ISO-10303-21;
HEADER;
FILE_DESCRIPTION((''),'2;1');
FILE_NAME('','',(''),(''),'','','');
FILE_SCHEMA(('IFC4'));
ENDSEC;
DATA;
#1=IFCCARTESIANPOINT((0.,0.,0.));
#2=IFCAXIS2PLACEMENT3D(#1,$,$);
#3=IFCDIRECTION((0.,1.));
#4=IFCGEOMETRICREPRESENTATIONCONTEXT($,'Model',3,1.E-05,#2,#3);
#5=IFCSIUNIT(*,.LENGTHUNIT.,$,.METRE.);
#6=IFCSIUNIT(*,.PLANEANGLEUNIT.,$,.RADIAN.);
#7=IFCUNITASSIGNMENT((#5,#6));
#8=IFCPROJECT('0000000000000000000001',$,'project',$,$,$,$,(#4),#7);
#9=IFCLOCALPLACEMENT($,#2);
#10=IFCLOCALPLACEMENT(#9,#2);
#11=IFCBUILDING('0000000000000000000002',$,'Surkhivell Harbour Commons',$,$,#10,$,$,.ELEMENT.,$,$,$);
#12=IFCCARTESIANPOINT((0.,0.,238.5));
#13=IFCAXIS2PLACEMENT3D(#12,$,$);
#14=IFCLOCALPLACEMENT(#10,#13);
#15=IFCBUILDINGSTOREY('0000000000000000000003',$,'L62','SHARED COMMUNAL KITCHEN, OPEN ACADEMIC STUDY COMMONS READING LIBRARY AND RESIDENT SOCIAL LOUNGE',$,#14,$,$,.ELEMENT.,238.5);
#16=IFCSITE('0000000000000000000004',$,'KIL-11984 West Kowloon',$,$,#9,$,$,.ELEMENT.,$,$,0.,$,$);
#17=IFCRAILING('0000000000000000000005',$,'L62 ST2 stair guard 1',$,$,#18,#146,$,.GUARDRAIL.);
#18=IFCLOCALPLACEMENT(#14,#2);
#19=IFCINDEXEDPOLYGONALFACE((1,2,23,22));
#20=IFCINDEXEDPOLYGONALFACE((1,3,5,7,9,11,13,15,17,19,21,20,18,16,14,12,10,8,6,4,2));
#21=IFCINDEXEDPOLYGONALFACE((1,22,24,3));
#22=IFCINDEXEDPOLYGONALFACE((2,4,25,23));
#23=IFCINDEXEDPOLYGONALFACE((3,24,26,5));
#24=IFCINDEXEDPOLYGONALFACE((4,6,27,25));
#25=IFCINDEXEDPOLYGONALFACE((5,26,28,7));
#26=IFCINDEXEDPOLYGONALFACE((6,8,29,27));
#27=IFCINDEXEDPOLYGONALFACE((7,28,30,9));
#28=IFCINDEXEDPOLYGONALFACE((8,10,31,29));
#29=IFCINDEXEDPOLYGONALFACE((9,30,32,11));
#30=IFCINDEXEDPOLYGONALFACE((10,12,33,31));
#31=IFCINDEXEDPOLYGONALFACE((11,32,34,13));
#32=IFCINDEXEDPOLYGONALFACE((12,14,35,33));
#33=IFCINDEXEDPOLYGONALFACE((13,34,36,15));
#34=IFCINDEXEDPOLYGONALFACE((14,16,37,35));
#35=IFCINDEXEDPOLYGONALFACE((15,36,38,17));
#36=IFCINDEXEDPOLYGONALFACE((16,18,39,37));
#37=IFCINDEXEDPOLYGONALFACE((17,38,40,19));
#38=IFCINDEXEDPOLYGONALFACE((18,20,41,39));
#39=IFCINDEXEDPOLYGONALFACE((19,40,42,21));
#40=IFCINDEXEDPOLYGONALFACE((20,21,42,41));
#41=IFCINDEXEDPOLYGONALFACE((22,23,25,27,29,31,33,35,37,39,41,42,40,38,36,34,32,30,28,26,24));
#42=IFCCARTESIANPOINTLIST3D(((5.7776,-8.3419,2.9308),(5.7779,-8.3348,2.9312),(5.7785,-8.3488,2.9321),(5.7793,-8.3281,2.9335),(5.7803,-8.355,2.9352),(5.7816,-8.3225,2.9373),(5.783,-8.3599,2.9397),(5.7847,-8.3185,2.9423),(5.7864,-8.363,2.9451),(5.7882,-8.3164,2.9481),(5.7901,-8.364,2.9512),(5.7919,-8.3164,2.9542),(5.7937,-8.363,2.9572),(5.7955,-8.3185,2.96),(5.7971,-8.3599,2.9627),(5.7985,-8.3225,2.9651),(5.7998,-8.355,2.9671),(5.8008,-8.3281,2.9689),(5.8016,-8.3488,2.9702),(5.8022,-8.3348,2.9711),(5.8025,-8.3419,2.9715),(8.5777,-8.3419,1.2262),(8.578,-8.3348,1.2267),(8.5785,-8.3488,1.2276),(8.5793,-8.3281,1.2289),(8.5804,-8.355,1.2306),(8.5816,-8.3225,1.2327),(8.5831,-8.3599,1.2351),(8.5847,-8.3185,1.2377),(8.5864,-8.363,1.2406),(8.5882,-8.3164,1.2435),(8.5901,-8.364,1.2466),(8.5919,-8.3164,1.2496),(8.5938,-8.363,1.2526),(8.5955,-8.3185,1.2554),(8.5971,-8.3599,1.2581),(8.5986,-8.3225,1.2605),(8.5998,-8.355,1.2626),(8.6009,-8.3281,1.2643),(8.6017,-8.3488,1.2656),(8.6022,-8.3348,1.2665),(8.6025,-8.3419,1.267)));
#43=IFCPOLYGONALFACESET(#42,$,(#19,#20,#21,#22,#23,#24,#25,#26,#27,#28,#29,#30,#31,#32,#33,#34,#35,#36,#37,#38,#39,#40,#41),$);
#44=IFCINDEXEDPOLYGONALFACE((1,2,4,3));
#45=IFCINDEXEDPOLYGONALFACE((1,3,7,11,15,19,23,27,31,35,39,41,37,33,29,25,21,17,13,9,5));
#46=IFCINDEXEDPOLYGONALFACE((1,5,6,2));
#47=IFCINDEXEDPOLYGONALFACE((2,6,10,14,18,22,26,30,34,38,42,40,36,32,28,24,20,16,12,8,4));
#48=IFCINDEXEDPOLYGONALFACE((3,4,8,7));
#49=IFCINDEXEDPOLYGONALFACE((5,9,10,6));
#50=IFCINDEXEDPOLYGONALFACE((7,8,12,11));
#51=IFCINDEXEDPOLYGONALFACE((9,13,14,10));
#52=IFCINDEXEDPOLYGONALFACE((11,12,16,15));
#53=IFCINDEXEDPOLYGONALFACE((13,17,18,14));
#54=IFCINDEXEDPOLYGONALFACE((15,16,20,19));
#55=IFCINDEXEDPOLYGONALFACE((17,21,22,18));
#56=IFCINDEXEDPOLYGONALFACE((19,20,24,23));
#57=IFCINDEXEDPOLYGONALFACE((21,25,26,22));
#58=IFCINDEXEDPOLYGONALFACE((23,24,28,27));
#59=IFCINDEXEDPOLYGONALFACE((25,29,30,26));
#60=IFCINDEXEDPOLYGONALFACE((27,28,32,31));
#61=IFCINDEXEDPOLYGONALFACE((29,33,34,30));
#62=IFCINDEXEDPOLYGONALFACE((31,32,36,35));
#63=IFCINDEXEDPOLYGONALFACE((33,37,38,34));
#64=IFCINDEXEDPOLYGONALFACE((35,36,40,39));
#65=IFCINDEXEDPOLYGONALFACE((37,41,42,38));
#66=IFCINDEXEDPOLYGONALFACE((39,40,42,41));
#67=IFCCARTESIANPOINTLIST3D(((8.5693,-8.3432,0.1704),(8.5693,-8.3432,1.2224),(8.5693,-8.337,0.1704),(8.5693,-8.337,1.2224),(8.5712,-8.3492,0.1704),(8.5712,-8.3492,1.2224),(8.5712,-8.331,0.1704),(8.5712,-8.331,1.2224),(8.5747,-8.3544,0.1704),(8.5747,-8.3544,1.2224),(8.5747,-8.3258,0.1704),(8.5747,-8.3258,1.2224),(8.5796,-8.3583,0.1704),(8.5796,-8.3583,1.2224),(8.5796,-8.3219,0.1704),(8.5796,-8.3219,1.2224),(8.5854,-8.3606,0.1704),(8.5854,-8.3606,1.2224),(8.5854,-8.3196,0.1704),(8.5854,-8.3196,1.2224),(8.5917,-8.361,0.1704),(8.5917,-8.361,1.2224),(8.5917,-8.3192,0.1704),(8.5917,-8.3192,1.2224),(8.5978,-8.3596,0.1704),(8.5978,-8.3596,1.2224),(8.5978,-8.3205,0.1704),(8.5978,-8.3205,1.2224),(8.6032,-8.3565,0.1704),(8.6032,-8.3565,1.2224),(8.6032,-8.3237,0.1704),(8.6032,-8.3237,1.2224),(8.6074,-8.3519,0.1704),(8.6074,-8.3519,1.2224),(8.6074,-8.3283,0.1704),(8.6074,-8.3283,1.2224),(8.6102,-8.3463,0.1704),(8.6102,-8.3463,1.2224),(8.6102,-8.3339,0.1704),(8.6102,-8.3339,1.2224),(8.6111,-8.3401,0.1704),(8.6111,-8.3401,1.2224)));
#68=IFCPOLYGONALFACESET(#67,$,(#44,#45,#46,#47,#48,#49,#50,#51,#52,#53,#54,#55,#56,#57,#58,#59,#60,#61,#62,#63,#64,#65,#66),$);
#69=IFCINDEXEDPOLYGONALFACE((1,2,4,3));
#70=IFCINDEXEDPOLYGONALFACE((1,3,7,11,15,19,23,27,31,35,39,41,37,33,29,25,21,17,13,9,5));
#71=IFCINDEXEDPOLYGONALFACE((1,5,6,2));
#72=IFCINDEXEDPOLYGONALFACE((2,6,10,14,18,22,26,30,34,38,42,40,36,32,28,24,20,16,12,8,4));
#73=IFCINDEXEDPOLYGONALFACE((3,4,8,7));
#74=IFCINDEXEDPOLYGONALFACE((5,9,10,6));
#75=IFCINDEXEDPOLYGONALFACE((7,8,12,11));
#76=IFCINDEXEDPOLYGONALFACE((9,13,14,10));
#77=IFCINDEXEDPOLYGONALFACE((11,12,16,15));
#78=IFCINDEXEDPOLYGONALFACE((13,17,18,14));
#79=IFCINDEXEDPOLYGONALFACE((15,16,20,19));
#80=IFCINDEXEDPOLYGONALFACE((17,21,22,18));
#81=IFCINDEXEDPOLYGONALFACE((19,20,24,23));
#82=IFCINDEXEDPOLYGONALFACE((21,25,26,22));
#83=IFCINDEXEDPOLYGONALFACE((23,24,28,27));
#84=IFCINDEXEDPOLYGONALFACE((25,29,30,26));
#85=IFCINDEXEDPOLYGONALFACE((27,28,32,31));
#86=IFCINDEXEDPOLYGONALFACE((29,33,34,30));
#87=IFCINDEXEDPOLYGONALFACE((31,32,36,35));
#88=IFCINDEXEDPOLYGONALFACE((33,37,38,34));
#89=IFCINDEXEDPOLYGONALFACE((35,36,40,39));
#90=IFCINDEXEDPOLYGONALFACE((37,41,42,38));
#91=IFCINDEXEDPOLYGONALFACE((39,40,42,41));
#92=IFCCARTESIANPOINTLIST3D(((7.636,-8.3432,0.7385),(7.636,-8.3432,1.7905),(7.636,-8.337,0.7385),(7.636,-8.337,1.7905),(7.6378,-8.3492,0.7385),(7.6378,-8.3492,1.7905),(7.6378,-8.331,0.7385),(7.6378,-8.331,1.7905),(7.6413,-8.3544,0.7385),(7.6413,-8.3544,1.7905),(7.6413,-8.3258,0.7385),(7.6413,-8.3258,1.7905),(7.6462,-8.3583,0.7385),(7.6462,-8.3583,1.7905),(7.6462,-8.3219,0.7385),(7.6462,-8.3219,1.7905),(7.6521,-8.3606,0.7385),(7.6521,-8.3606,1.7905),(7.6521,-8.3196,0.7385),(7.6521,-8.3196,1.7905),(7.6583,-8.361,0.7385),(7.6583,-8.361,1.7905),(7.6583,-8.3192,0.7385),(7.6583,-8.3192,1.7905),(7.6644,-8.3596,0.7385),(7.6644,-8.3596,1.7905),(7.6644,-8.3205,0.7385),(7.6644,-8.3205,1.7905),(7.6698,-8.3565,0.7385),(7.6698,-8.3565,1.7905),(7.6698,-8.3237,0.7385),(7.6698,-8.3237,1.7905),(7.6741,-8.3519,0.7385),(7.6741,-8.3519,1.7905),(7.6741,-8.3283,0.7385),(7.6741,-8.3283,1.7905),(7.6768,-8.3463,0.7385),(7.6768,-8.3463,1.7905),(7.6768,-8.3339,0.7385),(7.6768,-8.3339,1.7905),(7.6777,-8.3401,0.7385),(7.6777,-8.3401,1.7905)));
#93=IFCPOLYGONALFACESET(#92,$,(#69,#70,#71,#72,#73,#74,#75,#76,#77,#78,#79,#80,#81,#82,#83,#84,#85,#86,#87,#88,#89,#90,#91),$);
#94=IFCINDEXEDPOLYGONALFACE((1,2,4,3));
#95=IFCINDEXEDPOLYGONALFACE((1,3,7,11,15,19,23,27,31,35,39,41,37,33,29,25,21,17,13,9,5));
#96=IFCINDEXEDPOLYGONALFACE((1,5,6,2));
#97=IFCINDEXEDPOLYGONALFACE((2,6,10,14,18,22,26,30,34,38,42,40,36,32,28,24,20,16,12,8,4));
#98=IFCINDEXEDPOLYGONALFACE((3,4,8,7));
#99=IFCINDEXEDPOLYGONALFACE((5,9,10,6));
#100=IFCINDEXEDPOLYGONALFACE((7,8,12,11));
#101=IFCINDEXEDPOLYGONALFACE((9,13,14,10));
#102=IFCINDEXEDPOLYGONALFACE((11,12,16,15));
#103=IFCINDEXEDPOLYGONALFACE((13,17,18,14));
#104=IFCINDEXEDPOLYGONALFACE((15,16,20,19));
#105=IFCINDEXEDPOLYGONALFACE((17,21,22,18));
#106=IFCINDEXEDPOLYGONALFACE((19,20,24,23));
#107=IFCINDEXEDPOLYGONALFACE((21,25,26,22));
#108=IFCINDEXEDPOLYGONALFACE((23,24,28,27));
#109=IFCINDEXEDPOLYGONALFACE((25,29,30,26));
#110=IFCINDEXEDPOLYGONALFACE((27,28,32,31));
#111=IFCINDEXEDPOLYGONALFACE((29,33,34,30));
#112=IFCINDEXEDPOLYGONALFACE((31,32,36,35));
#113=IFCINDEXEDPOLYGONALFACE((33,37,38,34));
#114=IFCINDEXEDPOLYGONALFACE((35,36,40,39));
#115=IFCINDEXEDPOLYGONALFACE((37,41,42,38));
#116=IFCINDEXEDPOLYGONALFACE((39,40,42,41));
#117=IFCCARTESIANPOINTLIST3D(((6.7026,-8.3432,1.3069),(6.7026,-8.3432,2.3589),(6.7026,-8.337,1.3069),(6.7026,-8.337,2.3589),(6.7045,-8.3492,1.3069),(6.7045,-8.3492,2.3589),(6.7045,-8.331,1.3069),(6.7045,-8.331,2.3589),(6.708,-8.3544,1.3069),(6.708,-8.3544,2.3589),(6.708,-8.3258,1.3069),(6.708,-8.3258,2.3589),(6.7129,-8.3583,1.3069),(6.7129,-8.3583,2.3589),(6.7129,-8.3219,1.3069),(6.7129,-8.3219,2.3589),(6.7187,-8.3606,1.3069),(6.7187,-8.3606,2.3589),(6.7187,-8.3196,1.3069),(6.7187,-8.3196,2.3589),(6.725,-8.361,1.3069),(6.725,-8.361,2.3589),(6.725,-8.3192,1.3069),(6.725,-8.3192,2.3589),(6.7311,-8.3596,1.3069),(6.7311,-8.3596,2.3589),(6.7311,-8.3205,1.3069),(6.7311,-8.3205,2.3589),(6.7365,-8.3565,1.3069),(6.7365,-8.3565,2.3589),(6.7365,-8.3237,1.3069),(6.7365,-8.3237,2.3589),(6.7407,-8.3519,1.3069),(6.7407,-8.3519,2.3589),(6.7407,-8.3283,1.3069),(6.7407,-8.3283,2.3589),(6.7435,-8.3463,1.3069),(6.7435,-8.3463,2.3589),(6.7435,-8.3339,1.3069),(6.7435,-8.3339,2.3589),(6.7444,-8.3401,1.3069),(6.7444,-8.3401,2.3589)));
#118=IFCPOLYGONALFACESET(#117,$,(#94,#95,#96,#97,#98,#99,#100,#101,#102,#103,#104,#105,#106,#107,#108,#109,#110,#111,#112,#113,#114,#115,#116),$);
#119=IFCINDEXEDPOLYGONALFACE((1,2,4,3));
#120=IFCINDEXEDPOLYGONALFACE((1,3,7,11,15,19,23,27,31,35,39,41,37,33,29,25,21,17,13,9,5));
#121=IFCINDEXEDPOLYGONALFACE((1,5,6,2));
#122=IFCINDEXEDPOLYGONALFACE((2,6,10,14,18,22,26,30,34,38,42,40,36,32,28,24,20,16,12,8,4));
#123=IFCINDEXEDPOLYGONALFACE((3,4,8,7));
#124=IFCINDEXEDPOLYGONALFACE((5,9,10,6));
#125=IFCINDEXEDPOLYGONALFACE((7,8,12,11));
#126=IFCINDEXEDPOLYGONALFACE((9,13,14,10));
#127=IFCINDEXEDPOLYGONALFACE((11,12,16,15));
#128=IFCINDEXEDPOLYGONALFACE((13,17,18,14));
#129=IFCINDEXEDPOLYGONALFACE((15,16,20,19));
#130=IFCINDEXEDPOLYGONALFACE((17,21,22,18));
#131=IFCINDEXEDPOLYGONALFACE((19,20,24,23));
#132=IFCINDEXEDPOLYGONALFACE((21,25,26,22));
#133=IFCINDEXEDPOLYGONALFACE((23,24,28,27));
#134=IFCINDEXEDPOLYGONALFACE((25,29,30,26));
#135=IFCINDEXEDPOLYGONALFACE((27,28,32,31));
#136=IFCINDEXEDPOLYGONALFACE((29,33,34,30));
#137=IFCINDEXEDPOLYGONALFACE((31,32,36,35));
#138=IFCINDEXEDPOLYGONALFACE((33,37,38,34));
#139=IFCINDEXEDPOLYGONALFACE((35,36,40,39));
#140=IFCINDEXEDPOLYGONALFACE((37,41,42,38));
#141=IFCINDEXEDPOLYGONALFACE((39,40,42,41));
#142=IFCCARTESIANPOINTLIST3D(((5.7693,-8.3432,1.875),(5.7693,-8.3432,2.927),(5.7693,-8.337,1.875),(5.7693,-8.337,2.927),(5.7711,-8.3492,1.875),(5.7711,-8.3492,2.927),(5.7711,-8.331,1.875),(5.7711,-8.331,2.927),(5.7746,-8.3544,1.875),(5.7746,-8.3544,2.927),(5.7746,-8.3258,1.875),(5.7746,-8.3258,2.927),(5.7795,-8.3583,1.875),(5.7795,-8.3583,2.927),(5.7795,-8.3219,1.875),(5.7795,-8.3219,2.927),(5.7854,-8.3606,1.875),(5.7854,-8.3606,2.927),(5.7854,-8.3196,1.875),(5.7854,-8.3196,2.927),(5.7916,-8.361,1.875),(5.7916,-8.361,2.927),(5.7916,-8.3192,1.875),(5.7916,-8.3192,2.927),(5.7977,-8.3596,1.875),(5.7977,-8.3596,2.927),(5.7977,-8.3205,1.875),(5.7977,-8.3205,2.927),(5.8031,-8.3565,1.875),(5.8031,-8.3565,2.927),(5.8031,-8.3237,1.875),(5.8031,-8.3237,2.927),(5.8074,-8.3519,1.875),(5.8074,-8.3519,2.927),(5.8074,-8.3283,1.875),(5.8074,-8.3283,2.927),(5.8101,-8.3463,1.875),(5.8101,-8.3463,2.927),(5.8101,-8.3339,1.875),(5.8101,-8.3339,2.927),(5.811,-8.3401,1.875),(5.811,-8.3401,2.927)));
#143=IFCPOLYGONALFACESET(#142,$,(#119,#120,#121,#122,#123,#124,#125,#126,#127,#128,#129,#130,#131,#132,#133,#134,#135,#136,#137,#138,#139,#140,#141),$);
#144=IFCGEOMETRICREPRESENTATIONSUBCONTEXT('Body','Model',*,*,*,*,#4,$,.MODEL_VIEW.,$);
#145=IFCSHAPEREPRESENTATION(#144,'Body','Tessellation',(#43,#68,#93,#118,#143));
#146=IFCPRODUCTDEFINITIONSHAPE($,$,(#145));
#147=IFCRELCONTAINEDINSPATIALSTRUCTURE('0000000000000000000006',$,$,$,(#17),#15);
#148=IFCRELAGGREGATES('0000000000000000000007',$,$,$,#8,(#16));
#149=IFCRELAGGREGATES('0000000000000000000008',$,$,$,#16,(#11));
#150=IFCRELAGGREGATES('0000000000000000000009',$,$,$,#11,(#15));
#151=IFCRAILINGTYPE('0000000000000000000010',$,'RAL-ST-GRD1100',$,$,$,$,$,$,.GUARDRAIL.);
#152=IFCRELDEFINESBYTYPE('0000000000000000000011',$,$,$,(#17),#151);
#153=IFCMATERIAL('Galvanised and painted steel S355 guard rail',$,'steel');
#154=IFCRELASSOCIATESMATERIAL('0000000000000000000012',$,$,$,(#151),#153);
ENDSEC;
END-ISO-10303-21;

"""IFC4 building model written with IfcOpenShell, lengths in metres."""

from ifc_helpers import new_model, si_unit, direction, frame, origin, origin_2d, place, context, subcontext, project, spatial, circle, extrude, material, type_object, element, save


model = new_model("IFC4")

# Units and contexts
model_context = context("Model", 3, precision=1e-05, world=origin(), true_north=direction((0.0, 1.0)))
body_context = subcontext(model_context, "Body", "Model", "MODEL_VIEW")
ifc_project = project(units=[si_unit("LENGTHUNIT", "METRE"), si_unit("PLANEANGLEUNIT", "RADIAN")], contexts=[model_context])

# Site, building, storey
site_placement = place(None, origin())
site = spatial("IfcSite", under=ifc_project, at=site_placement, Name="KIL-11984 West Kowloon", CompositionType="ELEMENT", RefElevation=0.0)
building_placement = place(site_placement, origin())
building = spatial("IfcBuilding", under=site, at=building_placement, Name="Surkhivell Harbour Commons", CompositionType="ELEMENT")
storey_placement = place(building_placement, frame((0.0, 0.0, 238.5)))
storey = spatial("IfcBuildingStorey", under=building, at=storey_placement, Name="L62", Description="SHARED COMMUNAL KITCHEN, OPEN ACADEMIC STUDY COMMONS READING LIBRARY AND RESIDENT SOCIAL LOUNGE", CompositionType="ELEMENT", Elevation=238.5)

# Railing
ifc_material_1 = material(Name="Galvanised and painted steel S355 guard rail", Category="steel")
railing_type_1 = type_object("IfcRailingType", Name="RAL-ST-GRD1100", PredefinedType="GUARDRAIL", material=ifc_material_1)
railing_1_placement = place(storey_placement, frame((8.5901, -8.3401, 0.1704)))
element("IfcRailing", 1, at=railing_1_placement, inside=storey, type_object=railing_type_1, Name="L62 ST2 stair guard 1", PredefinedType="GUARDRAIL", context=body_context, shape_type="SweptSolid", body=[
    extrude(circle(Radius=0.0239, at=origin_2d()), frame((0.0, 0.0, 1.0762), z_axis=(-0.85417, 0.0, 0.519994), x_axis=(0.0, -1.0, 0.0)), (0.0, 0.0, 1.0), 3.2781),
    extrude(circle(Radius=0.021, at=origin_2d()), origin(), (0.0, 0.0, 1.0), 1.052),
    extrude(circle(Radius=0.021, at=origin_2d()), frame((-0.9333, 0.0, 0.5681)), (0.0, 0.0, 1.0), 1.052),
    extrude(circle(Radius=0.021, at=origin_2d()), frame((-1.8667, 0.0, 1.1365)), (0.0, 0.0, 1.0), 1.052),
    extrude(circle(Radius=0.021, at=origin_2d()), frame((-2.8, 0.0, 1.7046)), (0.0, 0.0, 1.0), 1.052),
])

save(model, "model.ifc")
